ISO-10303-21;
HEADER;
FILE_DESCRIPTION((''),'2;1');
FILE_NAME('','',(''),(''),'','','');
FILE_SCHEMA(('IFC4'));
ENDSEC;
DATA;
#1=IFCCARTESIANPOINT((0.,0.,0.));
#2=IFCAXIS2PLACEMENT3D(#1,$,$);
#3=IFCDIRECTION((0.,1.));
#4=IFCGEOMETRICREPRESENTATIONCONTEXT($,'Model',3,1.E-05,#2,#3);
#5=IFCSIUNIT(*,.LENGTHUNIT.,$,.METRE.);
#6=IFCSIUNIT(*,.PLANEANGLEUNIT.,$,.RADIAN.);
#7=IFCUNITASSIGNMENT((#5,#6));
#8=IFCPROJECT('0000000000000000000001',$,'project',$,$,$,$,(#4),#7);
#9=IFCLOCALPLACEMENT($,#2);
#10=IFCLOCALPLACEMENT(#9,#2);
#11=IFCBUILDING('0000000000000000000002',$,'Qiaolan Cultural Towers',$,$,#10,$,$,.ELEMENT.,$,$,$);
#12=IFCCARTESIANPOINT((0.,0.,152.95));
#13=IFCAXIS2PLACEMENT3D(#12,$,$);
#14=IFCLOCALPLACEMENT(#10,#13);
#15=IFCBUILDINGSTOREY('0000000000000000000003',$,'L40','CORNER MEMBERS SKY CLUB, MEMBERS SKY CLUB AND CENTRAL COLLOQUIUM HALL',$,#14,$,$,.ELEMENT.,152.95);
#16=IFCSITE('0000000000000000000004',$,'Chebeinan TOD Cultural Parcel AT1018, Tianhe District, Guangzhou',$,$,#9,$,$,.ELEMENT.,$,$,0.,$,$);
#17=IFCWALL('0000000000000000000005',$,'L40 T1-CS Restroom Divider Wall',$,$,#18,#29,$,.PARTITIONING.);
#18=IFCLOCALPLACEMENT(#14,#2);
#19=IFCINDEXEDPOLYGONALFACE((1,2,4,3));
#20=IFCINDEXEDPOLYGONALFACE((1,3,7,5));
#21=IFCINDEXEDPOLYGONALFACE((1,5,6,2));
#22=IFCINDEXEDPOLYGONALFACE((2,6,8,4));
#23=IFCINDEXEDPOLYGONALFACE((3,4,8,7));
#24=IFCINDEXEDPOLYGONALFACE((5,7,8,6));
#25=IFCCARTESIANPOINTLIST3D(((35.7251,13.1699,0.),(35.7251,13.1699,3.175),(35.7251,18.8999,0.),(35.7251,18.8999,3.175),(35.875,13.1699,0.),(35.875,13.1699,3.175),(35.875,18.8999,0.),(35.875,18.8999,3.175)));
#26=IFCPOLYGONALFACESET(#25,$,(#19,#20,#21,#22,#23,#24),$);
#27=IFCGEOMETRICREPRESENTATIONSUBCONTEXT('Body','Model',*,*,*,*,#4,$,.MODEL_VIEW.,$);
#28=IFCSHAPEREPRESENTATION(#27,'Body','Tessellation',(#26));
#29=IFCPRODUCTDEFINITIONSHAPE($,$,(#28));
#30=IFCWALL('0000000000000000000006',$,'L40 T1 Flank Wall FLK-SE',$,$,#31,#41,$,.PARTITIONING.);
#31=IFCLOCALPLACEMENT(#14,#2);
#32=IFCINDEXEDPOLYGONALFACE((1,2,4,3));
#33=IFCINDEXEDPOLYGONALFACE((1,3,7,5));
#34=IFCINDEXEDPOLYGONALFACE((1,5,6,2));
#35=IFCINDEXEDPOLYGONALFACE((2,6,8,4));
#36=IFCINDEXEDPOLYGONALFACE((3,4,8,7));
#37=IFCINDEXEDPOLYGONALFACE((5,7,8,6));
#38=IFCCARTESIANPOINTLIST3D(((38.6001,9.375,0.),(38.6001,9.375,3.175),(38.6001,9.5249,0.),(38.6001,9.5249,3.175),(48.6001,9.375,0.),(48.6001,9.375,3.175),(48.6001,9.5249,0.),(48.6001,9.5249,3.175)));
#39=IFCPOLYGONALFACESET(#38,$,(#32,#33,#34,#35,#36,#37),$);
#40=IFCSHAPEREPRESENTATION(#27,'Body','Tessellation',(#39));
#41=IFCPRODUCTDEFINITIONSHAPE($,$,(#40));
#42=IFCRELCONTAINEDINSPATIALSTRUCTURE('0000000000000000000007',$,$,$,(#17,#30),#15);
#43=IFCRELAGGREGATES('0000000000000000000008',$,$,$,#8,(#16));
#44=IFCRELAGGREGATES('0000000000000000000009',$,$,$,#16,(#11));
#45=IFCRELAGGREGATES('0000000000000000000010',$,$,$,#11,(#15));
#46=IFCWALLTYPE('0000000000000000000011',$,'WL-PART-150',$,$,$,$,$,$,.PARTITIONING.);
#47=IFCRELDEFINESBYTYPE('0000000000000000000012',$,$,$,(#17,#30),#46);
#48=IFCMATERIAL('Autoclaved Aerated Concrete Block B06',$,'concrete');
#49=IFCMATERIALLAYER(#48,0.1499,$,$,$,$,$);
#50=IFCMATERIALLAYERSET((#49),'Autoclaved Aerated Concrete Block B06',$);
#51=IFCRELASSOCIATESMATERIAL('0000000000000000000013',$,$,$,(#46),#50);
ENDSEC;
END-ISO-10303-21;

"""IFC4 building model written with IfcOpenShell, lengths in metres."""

from ifc_helpers import new_model, si_unit, direction, frame, frame_2d, origin, place, context, subcontext, project, spatial, rectangle, extrude, material, layer, layer_set, type_object, element, save


model = new_model("IFC4")

# Units and contexts
model_context = context("Model", 3, precision=1e-05, world=origin(), true_north=direction((0.0, 1.0)))
body_context = subcontext(model_context, "Body", "Model", "MODEL_VIEW")
ifc_project = project(units=[si_unit("LENGTHUNIT", "METRE"), si_unit("PLANEANGLEUNIT", "RADIAN")], contexts=[model_context])

# Site, building, storey
site_placement = place(None, origin())
site = spatial("IfcSite", under=ifc_project, at=site_placement, Name="Chebeinan TOD Cultural Parcel AT1018, Tianhe District, Guangzhou", CompositionType="ELEMENT", RefElevation=0.0)
building_placement = place(site_placement, origin())
building = spatial("IfcBuilding", under=site, at=building_placement, Name="Qiaolan Cultural Towers", CompositionType="ELEMENT")
storey_placement = place(building_placement, frame((0.0, 0.0, 152.95)))
storey = spatial("IfcBuildingStorey", under=building, at=storey_placement, Name="L40", Description="CORNER MEMBERS SKY CLUB, MEMBERS SKY CLUB AND CENTRAL COLLOQUIUM HALL", CompositionType="ELEMENT", Elevation=152.95)

# Shared definitions
ifc_material_1 = material(Name="Autoclaved Aerated Concrete Block B06", Category="concrete")
ifc_layer_1 = layer(ifc_material_1, 0.1499)
ifc_layer_set_1 = layer_set([ifc_layer_1], Name="Autoclaved Aerated Concrete Block B06")
wall_type_1 = type_object("IfcWallType", Name="WL-PART-150", PredefinedType="PARTITIONING", material=ifc_layer_set_1)

# Walls
wall_1_placement = place(storey_placement, frame((35.8, 18.8999, 0.0), z_axis=(0.0, 0.0, 1.0), x_axis=(0.0, -1.0, 0.0)))
element("IfcWall", 1, at=wall_1_placement, inside=storey, type_object=wall_type_1, Name="L40 T1-CS Restroom Divider Wall", PredefinedType="PARTITIONING", context=body_context, shape_type="SweptSolid", body=[
    extrude(rectangle(XDim=5.73, YDim=0.1499, at=frame_2d((2.865, 0.0))), origin(), (0.0, 0.0, 1.0), 3.175),
])
wall_2_placement = place(storey_placement, frame((38.6001, 9.45, 0.0), z_axis=(0.0, 0.0, 1.0), x_axis=(1.0, 0.0, 0.0)))
element("IfcWall", 2, at=wall_2_placement, inside=storey, type_object=wall_type_1, Name="L40 T1 Flank Wall FLK-SE", PredefinedType="PARTITIONING", context=body_context, shape_type="SweptSolid", body=[
    extrude(rectangle(XDim=10.0, YDim=0.1499, at=frame_2d((5.0, 0.0))), origin(), (0.0, 0.0, 1.0), 3.175),
])

save(model, "model.ifc")
